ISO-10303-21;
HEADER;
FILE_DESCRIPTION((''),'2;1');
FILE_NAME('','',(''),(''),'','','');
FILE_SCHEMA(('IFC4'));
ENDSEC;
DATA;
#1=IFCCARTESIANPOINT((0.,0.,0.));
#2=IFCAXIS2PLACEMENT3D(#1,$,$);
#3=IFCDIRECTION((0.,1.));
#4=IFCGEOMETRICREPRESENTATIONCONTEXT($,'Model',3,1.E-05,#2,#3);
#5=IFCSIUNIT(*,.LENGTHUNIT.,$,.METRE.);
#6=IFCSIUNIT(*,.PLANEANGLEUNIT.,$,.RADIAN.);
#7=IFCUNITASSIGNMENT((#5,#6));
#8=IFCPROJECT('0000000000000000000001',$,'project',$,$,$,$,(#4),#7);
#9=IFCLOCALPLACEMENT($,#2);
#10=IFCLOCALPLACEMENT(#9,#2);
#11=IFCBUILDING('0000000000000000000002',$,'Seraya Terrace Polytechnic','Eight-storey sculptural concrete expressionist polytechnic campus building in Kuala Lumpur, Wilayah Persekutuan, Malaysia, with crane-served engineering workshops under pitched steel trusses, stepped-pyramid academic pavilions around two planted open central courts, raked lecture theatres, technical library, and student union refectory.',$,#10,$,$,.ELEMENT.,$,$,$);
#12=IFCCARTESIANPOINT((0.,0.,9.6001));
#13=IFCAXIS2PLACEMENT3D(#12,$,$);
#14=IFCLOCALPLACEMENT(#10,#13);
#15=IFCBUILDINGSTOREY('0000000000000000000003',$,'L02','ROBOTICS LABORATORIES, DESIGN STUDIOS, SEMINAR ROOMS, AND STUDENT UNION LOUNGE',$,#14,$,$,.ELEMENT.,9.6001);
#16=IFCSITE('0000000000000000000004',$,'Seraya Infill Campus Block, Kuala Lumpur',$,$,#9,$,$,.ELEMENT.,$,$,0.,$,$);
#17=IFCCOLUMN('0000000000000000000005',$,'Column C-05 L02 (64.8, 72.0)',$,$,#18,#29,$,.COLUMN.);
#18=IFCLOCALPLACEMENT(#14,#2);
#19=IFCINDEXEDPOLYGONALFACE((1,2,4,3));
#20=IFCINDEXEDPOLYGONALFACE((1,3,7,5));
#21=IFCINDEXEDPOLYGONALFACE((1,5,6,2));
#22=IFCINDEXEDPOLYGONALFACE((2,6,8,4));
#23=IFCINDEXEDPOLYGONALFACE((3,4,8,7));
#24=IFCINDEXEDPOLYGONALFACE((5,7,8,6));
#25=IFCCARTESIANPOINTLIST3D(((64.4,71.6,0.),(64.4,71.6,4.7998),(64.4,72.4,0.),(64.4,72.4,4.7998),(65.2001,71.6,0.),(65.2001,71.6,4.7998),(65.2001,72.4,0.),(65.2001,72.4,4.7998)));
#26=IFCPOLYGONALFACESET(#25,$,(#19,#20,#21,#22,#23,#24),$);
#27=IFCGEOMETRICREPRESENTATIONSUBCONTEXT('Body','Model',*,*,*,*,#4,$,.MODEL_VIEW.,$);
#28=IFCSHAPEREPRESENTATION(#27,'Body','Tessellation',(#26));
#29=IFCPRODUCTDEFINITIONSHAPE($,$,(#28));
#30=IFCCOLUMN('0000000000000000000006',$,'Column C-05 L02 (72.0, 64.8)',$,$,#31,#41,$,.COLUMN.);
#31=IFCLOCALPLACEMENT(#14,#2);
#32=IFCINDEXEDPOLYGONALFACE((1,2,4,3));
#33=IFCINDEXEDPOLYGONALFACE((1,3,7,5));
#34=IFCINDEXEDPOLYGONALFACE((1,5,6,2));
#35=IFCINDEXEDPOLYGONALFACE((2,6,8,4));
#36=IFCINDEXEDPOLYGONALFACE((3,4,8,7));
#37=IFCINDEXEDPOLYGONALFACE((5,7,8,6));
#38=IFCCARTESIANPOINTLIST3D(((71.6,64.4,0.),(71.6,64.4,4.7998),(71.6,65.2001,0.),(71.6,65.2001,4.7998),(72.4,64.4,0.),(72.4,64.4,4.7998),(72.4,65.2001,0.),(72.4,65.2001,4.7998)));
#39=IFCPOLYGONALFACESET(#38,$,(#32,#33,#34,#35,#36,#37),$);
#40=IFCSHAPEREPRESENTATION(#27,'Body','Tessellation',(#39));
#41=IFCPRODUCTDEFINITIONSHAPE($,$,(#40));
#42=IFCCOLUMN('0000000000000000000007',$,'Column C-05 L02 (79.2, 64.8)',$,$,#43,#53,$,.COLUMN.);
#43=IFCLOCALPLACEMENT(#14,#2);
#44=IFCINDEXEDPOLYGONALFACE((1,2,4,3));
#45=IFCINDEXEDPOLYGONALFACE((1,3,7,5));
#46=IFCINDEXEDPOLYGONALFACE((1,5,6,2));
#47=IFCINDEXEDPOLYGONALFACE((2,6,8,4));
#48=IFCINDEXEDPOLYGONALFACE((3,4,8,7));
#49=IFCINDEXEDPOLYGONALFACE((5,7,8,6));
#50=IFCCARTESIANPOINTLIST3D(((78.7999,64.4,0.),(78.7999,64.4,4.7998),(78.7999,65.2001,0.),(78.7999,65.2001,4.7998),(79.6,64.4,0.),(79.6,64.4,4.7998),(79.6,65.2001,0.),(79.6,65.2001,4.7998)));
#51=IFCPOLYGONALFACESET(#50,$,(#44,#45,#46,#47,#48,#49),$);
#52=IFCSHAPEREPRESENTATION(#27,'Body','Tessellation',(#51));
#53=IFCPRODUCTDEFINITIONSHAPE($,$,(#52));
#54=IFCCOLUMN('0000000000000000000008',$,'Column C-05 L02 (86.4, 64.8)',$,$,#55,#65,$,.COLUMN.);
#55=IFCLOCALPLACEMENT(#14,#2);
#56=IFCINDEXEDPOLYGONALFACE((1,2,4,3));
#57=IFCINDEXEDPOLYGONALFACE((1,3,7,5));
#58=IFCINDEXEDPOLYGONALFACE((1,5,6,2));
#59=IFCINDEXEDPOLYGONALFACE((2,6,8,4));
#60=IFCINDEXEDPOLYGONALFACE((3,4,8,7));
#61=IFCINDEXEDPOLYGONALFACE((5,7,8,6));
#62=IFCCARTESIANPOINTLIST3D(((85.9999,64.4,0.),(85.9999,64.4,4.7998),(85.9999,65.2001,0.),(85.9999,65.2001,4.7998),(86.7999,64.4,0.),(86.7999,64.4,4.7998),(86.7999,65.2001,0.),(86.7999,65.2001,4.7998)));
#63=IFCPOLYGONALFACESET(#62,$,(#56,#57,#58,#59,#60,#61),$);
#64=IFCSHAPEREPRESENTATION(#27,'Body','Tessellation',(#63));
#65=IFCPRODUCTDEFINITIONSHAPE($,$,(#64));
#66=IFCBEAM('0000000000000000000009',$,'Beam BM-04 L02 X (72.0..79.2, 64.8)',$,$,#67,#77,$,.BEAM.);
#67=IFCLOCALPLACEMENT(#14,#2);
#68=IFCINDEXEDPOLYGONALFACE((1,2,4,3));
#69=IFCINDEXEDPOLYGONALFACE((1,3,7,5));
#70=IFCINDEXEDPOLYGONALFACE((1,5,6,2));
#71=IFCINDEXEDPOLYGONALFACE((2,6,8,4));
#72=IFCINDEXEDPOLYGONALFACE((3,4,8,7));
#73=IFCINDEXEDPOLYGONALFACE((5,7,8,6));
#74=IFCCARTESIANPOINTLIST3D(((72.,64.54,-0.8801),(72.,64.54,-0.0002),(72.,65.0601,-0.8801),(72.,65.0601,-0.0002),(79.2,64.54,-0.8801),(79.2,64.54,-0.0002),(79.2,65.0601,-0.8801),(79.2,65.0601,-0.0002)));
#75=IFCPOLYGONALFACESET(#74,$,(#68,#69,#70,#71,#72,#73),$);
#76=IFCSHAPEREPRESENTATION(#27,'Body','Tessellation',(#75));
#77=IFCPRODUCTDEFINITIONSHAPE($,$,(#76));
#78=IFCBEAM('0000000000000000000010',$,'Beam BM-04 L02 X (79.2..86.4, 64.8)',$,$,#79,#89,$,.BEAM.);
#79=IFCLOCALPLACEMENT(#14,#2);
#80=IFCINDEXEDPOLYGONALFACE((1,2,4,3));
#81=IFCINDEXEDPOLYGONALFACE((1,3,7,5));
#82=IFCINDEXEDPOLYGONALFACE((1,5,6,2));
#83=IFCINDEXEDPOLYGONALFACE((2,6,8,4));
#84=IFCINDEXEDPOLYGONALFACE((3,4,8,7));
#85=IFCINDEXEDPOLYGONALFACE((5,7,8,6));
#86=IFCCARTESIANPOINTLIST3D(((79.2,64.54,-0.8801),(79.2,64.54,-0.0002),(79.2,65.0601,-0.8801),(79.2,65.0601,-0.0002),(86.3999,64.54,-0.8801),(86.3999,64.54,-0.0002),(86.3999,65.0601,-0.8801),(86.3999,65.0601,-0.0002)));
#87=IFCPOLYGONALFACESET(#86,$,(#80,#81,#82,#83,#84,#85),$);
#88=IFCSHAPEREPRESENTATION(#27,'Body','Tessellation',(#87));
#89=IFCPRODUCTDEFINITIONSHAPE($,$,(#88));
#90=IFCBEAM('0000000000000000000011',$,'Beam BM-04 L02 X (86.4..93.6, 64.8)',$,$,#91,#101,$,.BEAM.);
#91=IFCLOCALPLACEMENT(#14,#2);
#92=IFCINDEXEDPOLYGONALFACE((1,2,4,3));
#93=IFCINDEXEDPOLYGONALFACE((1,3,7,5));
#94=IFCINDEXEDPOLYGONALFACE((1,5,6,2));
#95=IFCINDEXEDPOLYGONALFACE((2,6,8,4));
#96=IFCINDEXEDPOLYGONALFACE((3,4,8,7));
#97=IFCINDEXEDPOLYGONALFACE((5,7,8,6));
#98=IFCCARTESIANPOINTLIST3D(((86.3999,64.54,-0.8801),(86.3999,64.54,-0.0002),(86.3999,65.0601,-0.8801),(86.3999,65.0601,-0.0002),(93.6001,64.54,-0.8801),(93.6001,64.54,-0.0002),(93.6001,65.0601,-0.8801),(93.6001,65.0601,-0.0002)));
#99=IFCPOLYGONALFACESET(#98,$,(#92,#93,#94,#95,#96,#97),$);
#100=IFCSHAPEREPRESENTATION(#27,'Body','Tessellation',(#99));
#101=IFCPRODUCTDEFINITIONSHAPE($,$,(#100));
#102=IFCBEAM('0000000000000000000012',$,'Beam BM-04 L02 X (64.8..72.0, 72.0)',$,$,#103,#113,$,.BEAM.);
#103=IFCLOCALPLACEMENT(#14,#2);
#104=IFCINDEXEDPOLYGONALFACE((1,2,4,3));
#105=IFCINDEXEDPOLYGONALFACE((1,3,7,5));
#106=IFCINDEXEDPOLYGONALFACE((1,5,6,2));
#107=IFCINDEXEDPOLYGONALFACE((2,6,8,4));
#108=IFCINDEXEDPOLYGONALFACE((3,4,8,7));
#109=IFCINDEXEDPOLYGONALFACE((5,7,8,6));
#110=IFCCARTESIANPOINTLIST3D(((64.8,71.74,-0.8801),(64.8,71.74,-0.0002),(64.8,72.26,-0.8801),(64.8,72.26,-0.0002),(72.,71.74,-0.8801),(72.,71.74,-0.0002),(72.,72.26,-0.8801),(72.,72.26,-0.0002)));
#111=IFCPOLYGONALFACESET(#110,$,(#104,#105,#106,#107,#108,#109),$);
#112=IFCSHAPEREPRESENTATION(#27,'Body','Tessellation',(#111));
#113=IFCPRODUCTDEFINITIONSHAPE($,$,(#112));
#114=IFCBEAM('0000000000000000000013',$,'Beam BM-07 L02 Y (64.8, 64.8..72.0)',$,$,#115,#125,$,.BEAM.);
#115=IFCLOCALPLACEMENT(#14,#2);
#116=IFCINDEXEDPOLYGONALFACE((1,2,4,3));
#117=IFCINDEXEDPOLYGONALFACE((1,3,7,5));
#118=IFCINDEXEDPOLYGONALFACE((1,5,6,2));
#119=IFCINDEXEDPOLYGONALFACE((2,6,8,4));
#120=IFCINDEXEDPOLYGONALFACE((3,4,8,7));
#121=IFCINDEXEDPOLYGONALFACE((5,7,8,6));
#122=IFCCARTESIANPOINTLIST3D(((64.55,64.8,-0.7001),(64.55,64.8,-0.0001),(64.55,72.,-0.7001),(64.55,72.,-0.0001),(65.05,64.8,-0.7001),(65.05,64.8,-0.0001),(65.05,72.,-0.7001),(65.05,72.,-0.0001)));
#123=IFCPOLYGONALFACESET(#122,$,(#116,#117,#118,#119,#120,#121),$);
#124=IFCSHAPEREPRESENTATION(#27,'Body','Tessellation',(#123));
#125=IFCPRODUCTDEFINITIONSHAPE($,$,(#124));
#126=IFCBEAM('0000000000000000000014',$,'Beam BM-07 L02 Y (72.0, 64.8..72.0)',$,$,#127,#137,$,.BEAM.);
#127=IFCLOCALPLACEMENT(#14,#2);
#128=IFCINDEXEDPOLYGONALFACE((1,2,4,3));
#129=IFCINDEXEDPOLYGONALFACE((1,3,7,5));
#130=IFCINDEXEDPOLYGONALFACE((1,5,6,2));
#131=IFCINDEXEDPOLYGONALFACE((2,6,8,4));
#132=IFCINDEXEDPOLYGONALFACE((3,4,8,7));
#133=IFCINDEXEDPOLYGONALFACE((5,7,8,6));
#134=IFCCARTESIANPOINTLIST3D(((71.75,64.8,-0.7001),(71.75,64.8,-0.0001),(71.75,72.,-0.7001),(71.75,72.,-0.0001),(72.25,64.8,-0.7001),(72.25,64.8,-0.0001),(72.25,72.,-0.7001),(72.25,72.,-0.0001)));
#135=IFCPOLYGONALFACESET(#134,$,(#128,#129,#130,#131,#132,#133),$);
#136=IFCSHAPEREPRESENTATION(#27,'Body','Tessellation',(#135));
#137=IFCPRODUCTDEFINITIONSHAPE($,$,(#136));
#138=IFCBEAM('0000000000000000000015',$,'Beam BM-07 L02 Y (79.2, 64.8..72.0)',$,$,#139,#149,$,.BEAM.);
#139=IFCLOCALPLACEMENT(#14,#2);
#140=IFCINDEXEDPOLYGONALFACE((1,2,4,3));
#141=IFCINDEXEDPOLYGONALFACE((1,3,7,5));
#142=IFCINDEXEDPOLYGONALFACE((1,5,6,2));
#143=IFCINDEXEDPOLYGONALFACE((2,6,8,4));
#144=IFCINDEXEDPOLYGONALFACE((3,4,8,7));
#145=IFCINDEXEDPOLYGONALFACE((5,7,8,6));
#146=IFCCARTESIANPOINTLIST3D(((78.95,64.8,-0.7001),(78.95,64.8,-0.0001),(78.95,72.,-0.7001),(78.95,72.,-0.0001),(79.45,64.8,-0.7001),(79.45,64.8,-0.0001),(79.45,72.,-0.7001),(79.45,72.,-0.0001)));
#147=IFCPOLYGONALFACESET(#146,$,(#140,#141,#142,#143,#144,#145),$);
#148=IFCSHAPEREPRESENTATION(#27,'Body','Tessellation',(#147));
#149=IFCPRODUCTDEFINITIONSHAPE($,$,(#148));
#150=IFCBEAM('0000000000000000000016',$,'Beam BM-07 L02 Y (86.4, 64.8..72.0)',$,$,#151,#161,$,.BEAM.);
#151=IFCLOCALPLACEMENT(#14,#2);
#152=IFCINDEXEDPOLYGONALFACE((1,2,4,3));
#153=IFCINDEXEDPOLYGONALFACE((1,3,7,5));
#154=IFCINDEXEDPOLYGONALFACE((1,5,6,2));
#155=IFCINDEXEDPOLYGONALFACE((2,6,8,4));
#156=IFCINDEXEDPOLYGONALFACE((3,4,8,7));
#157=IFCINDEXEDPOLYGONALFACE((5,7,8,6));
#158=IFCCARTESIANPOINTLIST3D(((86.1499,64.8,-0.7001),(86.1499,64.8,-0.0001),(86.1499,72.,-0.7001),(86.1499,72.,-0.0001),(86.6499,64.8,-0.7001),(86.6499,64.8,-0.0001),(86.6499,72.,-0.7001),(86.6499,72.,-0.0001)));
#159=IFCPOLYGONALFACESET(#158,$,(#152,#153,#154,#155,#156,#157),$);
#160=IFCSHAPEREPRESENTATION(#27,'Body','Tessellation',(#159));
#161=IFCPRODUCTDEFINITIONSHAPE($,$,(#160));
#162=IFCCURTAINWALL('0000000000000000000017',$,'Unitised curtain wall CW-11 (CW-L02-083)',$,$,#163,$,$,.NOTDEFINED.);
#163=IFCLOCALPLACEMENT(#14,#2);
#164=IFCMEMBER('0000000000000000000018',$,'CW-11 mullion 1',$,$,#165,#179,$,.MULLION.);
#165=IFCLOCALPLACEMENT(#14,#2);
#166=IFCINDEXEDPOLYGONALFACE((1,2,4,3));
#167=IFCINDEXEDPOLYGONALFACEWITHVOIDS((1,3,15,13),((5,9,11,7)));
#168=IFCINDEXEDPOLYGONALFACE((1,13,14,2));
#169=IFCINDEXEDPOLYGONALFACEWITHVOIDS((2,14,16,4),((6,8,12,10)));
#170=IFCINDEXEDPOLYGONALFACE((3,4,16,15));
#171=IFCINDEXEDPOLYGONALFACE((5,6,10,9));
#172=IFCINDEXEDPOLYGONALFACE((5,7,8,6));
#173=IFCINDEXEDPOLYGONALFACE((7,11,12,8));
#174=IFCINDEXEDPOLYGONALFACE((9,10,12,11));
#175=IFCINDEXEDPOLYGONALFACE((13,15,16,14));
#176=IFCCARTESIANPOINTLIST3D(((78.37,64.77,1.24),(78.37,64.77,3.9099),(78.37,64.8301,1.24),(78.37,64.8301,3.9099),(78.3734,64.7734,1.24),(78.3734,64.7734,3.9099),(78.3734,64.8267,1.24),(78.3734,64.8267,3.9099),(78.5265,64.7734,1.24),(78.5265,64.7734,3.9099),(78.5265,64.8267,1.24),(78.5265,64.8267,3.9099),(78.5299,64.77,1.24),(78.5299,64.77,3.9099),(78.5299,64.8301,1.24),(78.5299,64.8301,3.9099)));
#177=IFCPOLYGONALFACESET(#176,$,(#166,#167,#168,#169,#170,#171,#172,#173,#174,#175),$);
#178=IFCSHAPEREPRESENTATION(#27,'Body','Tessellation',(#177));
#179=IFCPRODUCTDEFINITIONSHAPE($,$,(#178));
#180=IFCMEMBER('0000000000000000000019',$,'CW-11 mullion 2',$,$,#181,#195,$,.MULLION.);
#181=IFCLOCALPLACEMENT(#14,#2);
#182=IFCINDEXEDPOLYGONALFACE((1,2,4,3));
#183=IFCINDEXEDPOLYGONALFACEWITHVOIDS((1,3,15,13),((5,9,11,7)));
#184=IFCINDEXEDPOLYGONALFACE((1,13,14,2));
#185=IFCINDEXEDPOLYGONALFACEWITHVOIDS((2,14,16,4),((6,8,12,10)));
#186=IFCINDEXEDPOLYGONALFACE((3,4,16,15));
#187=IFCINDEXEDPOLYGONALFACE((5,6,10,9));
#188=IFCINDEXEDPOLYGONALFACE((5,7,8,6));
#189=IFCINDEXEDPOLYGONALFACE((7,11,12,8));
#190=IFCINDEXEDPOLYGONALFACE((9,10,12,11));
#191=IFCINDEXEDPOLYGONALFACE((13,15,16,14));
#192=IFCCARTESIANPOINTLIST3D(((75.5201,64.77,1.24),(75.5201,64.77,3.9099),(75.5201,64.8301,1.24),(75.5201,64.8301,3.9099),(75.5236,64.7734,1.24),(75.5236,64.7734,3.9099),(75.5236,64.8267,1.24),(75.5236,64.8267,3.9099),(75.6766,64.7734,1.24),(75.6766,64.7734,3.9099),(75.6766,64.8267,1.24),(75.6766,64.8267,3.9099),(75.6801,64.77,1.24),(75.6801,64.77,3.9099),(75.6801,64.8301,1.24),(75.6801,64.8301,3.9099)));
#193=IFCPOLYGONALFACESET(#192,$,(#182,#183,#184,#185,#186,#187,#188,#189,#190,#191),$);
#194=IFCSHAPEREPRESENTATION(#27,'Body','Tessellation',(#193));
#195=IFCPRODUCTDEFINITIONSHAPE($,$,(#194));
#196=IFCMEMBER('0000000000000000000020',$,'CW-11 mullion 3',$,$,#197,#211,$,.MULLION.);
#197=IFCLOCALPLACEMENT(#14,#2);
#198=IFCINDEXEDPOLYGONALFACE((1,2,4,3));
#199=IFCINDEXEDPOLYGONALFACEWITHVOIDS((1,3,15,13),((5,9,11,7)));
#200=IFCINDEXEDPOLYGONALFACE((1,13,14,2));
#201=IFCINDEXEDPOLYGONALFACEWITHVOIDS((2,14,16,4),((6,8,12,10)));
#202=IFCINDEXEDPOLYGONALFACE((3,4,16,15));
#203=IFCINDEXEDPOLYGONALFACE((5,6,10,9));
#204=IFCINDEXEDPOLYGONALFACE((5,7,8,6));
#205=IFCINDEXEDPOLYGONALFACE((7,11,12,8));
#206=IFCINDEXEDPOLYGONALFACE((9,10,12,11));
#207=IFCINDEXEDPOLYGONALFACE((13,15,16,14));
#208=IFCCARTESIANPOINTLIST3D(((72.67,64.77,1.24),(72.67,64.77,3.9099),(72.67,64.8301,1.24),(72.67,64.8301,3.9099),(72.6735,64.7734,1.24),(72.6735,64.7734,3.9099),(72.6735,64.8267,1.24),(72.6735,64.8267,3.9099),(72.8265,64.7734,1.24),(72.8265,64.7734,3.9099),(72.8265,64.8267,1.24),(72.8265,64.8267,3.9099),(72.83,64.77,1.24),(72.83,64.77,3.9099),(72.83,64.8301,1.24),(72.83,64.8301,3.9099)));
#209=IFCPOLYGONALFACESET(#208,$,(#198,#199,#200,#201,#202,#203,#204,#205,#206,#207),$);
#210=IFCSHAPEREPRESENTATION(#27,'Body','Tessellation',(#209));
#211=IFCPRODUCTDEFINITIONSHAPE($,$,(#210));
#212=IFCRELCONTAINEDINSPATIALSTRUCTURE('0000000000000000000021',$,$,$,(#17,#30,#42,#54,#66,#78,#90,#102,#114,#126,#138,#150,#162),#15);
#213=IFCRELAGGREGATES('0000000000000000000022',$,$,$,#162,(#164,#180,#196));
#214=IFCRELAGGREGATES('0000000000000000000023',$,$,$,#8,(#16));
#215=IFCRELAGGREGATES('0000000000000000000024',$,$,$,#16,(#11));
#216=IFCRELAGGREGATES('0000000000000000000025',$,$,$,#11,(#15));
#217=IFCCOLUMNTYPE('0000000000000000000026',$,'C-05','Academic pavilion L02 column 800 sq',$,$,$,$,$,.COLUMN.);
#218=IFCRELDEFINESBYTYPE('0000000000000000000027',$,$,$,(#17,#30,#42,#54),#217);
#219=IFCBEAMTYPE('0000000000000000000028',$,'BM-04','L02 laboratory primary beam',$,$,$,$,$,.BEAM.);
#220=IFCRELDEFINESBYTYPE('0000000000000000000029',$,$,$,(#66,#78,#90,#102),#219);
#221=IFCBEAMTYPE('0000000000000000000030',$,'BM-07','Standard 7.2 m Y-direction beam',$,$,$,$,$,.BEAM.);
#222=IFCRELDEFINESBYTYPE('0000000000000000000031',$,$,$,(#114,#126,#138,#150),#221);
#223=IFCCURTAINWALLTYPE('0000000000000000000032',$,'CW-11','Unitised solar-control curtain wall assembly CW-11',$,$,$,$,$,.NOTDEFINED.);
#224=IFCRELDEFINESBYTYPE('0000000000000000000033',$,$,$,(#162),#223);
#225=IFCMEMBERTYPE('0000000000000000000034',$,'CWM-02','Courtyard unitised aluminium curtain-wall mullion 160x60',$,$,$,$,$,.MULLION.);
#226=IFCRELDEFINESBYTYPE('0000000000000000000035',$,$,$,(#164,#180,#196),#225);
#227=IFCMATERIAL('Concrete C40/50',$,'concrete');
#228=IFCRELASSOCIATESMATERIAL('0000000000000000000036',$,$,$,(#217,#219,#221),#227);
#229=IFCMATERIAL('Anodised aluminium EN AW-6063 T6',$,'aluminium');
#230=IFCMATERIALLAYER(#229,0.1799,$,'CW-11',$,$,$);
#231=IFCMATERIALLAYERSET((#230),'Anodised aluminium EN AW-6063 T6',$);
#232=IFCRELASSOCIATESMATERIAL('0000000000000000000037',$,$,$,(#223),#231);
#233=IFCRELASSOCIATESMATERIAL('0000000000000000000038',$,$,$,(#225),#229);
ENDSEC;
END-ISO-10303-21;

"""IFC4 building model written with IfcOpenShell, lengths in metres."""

from ifc_helpers import new_model, si_unit, direction, frame, origin, origin_2d, place, context, subcontext, project, spatial, rectangle, hollow_rectangle, extrude, material, layer, layer_set, material_profile, profile_set, type_object, element, aggregate, save


model = new_model("IFC4")

# Units and contexts
model_context = context("Model", 3, precision=1e-05, world=origin(), true_north=direction((0.0, 1.0)))
body_context = subcontext(model_context, "Body", "Model", "MODEL_VIEW")
ifc_project = project(units=[si_unit("LENGTHUNIT", "METRE"), si_unit("PLANEANGLEUNIT", "RADIAN")], contexts=[model_context])

# Site, building, storey
site_placement = place(None, origin())
site = spatial("IfcSite", under=ifc_project, at=site_placement, Name="Seraya Infill Campus Block, Kuala Lumpur", CompositionType="ELEMENT", RefElevation=0.0)
building_placement = place(site_placement, origin())
building = spatial("IfcBuilding", under=site, at=building_placement, Name="Seraya Terrace Polytechnic", Description="Eight-storey sculptural concrete expressionist polytechnic campus building in Kuala Lumpur, Wilayah Persekutuan, Malaysia, with crane-served engineering workshops under pitched steel trusses, stepped-pyramid academic pavilions around two planted open central courts, raked lecture theatres, technical library, and student union refectory.", CompositionType="ELEMENT")
storey_placement = place(building_placement, frame((0.0, 0.0, 9.6001)))
storey = spatial("IfcBuildingStorey", under=building, at=storey_placement, Name="L02", Description="ROBOTICS LABORATORIES, DESIGN STUDIOS, SEMINAR ROOMS, AND STUDENT UNION LOUNGE", CompositionType="ELEMENT", Elevation=9.6001)

# Columns
ifc_material_1 = material(Name="Concrete C40/50", Category="concrete")
ifc_material_profile_1 = material_profile(ifc_material_1, rectangle(XDim=0.8, YDim=0.8, at=origin_2d()), Name="RC 800x800")
ifc_profile_set_1 = profile_set([ifc_material_profile_1], Name="Concrete C40/50")
column_type = type_object("IfcColumnType", Name="C-05", Description="Academic pavilion L02 column 800 sq", PredefinedType="COLUMN", material=ifc_profile_set_1)
for number, where, z_axis, x_axis, name in (
    (1, (64.8, 72.0, 0.0), (0.0, 0.0, 1.0), (1.0, 0.0, 0.0), "Column C-05 L02 (64.8, 72.0)"),
    (2, (72.0, 64.8, 0.0), (0.0, 0.0, 1.0), (1.0, 0.0, 0.0), "Column C-05 L02 (72.0, 64.8)"),
    (3, (79.2, 64.8, 0.0), (0.0, 0.0, 1.0), (1.0, 0.0, 0.0), "Column C-05 L02 (79.2, 64.8)"),
    (4, (86.3999, 64.8, 0.0), (0.0, 0.0, 1.0), (1.0, 0.0, 0.0), "Column C-05 L02 (86.4, 64.8)"),
):
    element("IfcColumn", number, at=place(storey_placement, frame(where, z_axis=z_axis, x_axis=x_axis)), inside=storey, type_object=column_type, Name=name, PredefinedType="COLUMN", context=body_context, shape_type="SweptSolid", body=[
        extrude(rectangle(XDim=0.8, YDim=0.8, at=origin_2d()), origin(), (0.0, 0.0, 1.0), 4.7998),
    ])

# Beams
ifc_material_profile_2 = material_profile(ifc_material_1, rectangle(XDim=0.52, YDim=0.8799, at=origin_2d()), Name="RC 520x880")
ifc_profile_set_2 = profile_set([ifc_material_profile_2], Name="Concrete C40/50")
beam_type_1 = type_object("IfcBeamType", Name="BM-04", Description="L02 laboratory primary beam", PredefinedType="BEAM", material=ifc_profile_set_2)
for number, where, z_axis, x_axis, name in (
    (5, (72.0, 64.8, -0.4402), (1.0, 0.0, 0.0), (0.0, 1.0, 0.0), "Beam BM-04 L02 X (72.0..79.2, 64.8)"),
    (6, (79.2, 64.8, -0.4402), (1.0, 0.0, 0.0), (0.0, 1.0, 0.0), "Beam BM-04 L02 X (79.2..86.4, 64.8)"),
):
    element("IfcBeam", number, at=place(storey_placement, frame(where, z_axis=z_axis, x_axis=x_axis)), inside=storey, type_object=beam_type_1, Name=name, PredefinedType="BEAM", context=body_context, shape_type="SweptSolid", body=[
        extrude(rectangle(XDim=0.52, YDim=0.8799, at=origin_2d()), origin(), (0.0, 0.0, 1.0), 7.2),
    ])
beam_1_placement = place(storey_placement, frame((86.3999, 64.8, -0.4402), z_axis=(1.0, 0.0, 0.0), x_axis=(0.0, 1.0, 0.0)))
element("IfcBeam", 7, at=beam_1_placement, inside=storey, type_object=beam_type_1, Name="Beam BM-04 L02 X (86.4..93.6, 64.8)", PredefinedType="BEAM", context=body_context, shape_type="SweptSolid", body=[
    extrude(rectangle(XDim=0.52, YDim=0.8799, at=origin_2d()), origin(), (0.0, 0.0, 1.0), 7.2002),
])
beam_2_placement = place(storey_placement, frame((64.8, 72.0, -0.4402), z_axis=(1.0, 0.0, 0.0), x_axis=(0.0, 1.0, 0.0)))
element("IfcBeam", 8, at=beam_2_placement, inside=storey, type_object=beam_type_1, Name="Beam BM-04 L02 X (64.8..72.0, 72.0)", PredefinedType="BEAM", context=body_context, shape_type="SweptSolid", body=[
    extrude(rectangle(XDim=0.52, YDim=0.8799, at=origin_2d()), origin(), (0.0, 0.0, 1.0), 7.2),
])
ifc_material_profile_3 = material_profile(ifc_material_1, rectangle(XDim=0.5, YDim=0.7, at=origin_2d()), Name="RC 500x700")
ifc_profile_set_3 = profile_set([ifc_material_profile_3], Name="Concrete C40/50")
beam_type_2 = type_object("IfcBeamType", Name="BM-07", Description="Standard 7.2 m Y-direction beam", PredefinedType="BEAM", material=ifc_profile_set_3)
for number, where, z_axis, x_axis, name in (
    (9, (64.8, 64.8, -0.3501), (0.0, 1.0, 0.0), (-1.0, 0.0, 0.0), "Beam BM-07 L02 Y (64.8, 64.8..72.0)"),
    (10, (72.0, 64.8, -0.3501), (0.0, 1.0, 0.0), (-1.0, 0.0, 0.0), "Beam BM-07 L02 Y (72.0, 64.8..72.0)"),
    (11, (79.2, 64.8, -0.3501), (0.0, 1.0, 0.0), (-1.0, 0.0, 0.0), "Beam BM-07 L02 Y (79.2, 64.8..72.0)"),
    (12, (86.3999, 64.8, -0.3501), (0.0, 1.0, 0.0), (-1.0, 0.0, 0.0), "Beam BM-07 L02 Y (86.4, 64.8..72.0)"),
):
    element("IfcBeam", number, at=place(storey_placement, frame(where, z_axis=z_axis, x_axis=x_axis)), inside=storey, type_object=beam_type_2, Name=name, PredefinedType="BEAM", context=body_context, shape_type="SweptSolid", body=[
        extrude(rectangle(XDim=0.5, YDim=0.7, at=origin_2d()), origin(), (0.0, 0.0, 1.0), 7.2),
    ])

# Curtain wall, members
ifc_material_2 = material(Name="Anodised aluminium EN AW-6063 T6", Category="aluminium")
ifc_layer_1 = layer(ifc_material_2, 0.1799, Name="CW-11")
ifc_layer_set_1 = layer_set([ifc_layer_1], Name="Anodised aluminium EN AW-6063 T6")
curtain_wall_type = type_object("IfcCurtainWallType", Name="CW-11", Description="Unitised solar-control curtain wall assembly CW-11", PredefinedType="NOTDEFINED", material=ifc_layer_set_1)
curtain_wall_placement = place(storey_placement, origin())
curtain_wall = element("IfcCurtainWall", 13, at=curtain_wall_placement, inside=storey, type_object=curtain_wall_type, Name="Unitised curtain wall CW-11 (CW-L02-083)", PredefinedType="NOTDEFINED")
ifc_material_profile_4 = material_profile(ifc_material_2, hollow_rectangle(XDim=0.0601, YDim=0.1599, WallThickness=0.0034, at=origin_2d()), Name="RHS 160x60x3.5")
ifc_profile_set_4 = profile_set([ifc_material_profile_4], Name="Anodised aluminium EN AW-6063 T6")
member_type_1 = type_object("IfcMemberType", Name="CWM-02", Description="Courtyard unitised aluminium curtain-wall mullion 160x60", PredefinedType="MULLION", material=ifc_profile_set_4)
member_1_placement = place(storey_placement, frame((78.45, 64.8, 1.24), z_axis=(0.0, 0.0, 1.0), x_axis=(0.0, -1.0, 0.0)))
member_1 = element("IfcMember", 14, at=member_1_placement, type_object=member_type_1, Name="CW-11 mullion 1", PredefinedType="MULLION", context=body_context, shape_type="SweptSolid", body=[
    extrude(hollow_rectangle(XDim=0.0601, YDim=0.1599, WallThickness=0.0034, at=origin_2d()), origin(), (0.0, 0.0, 1.0), 2.6699),
])
member_2_placement = place(storey_placement, frame((75.6001, 64.8, 1.24), z_axis=(0.0, 0.0, 1.0), x_axis=(0.0, -1.0, 0.0)))
member_2 = element("IfcMember", 15, at=member_2_placement, type_object=member_type_1, Name="CW-11 mullion 2", PredefinedType="MULLION", context=body_context, shape_type="SweptSolid", body=[
    extrude(hollow_rectangle(XDim=0.0601, YDim=0.1599, WallThickness=0.0034, at=origin_2d()), origin(), (0.0, 0.0, 1.0), 2.6699),
])
member_3_placement = place(storey_placement, frame((72.75, 64.8, 1.24), z_axis=(0.0, 0.0, 1.0), x_axis=(0.0, -1.0, 0.0)))
member_3 = element("IfcMember", 16, at=member_3_placement, type_object=member_type_1, Name="CW-11 mullion 3", PredefinedType="MULLION", context=body_context, shape_type="SweptSolid", body=[
    extrude(hollow_rectangle(XDim=0.0601, YDim=0.1599, WallThickness=0.0034, at=origin_2d()), origin(), (0.0, 0.0, 1.0), 2.6699),
])

aggregate(curtain_wall, [member_1, member_2, member_3])

save(model, "model.ifc")
